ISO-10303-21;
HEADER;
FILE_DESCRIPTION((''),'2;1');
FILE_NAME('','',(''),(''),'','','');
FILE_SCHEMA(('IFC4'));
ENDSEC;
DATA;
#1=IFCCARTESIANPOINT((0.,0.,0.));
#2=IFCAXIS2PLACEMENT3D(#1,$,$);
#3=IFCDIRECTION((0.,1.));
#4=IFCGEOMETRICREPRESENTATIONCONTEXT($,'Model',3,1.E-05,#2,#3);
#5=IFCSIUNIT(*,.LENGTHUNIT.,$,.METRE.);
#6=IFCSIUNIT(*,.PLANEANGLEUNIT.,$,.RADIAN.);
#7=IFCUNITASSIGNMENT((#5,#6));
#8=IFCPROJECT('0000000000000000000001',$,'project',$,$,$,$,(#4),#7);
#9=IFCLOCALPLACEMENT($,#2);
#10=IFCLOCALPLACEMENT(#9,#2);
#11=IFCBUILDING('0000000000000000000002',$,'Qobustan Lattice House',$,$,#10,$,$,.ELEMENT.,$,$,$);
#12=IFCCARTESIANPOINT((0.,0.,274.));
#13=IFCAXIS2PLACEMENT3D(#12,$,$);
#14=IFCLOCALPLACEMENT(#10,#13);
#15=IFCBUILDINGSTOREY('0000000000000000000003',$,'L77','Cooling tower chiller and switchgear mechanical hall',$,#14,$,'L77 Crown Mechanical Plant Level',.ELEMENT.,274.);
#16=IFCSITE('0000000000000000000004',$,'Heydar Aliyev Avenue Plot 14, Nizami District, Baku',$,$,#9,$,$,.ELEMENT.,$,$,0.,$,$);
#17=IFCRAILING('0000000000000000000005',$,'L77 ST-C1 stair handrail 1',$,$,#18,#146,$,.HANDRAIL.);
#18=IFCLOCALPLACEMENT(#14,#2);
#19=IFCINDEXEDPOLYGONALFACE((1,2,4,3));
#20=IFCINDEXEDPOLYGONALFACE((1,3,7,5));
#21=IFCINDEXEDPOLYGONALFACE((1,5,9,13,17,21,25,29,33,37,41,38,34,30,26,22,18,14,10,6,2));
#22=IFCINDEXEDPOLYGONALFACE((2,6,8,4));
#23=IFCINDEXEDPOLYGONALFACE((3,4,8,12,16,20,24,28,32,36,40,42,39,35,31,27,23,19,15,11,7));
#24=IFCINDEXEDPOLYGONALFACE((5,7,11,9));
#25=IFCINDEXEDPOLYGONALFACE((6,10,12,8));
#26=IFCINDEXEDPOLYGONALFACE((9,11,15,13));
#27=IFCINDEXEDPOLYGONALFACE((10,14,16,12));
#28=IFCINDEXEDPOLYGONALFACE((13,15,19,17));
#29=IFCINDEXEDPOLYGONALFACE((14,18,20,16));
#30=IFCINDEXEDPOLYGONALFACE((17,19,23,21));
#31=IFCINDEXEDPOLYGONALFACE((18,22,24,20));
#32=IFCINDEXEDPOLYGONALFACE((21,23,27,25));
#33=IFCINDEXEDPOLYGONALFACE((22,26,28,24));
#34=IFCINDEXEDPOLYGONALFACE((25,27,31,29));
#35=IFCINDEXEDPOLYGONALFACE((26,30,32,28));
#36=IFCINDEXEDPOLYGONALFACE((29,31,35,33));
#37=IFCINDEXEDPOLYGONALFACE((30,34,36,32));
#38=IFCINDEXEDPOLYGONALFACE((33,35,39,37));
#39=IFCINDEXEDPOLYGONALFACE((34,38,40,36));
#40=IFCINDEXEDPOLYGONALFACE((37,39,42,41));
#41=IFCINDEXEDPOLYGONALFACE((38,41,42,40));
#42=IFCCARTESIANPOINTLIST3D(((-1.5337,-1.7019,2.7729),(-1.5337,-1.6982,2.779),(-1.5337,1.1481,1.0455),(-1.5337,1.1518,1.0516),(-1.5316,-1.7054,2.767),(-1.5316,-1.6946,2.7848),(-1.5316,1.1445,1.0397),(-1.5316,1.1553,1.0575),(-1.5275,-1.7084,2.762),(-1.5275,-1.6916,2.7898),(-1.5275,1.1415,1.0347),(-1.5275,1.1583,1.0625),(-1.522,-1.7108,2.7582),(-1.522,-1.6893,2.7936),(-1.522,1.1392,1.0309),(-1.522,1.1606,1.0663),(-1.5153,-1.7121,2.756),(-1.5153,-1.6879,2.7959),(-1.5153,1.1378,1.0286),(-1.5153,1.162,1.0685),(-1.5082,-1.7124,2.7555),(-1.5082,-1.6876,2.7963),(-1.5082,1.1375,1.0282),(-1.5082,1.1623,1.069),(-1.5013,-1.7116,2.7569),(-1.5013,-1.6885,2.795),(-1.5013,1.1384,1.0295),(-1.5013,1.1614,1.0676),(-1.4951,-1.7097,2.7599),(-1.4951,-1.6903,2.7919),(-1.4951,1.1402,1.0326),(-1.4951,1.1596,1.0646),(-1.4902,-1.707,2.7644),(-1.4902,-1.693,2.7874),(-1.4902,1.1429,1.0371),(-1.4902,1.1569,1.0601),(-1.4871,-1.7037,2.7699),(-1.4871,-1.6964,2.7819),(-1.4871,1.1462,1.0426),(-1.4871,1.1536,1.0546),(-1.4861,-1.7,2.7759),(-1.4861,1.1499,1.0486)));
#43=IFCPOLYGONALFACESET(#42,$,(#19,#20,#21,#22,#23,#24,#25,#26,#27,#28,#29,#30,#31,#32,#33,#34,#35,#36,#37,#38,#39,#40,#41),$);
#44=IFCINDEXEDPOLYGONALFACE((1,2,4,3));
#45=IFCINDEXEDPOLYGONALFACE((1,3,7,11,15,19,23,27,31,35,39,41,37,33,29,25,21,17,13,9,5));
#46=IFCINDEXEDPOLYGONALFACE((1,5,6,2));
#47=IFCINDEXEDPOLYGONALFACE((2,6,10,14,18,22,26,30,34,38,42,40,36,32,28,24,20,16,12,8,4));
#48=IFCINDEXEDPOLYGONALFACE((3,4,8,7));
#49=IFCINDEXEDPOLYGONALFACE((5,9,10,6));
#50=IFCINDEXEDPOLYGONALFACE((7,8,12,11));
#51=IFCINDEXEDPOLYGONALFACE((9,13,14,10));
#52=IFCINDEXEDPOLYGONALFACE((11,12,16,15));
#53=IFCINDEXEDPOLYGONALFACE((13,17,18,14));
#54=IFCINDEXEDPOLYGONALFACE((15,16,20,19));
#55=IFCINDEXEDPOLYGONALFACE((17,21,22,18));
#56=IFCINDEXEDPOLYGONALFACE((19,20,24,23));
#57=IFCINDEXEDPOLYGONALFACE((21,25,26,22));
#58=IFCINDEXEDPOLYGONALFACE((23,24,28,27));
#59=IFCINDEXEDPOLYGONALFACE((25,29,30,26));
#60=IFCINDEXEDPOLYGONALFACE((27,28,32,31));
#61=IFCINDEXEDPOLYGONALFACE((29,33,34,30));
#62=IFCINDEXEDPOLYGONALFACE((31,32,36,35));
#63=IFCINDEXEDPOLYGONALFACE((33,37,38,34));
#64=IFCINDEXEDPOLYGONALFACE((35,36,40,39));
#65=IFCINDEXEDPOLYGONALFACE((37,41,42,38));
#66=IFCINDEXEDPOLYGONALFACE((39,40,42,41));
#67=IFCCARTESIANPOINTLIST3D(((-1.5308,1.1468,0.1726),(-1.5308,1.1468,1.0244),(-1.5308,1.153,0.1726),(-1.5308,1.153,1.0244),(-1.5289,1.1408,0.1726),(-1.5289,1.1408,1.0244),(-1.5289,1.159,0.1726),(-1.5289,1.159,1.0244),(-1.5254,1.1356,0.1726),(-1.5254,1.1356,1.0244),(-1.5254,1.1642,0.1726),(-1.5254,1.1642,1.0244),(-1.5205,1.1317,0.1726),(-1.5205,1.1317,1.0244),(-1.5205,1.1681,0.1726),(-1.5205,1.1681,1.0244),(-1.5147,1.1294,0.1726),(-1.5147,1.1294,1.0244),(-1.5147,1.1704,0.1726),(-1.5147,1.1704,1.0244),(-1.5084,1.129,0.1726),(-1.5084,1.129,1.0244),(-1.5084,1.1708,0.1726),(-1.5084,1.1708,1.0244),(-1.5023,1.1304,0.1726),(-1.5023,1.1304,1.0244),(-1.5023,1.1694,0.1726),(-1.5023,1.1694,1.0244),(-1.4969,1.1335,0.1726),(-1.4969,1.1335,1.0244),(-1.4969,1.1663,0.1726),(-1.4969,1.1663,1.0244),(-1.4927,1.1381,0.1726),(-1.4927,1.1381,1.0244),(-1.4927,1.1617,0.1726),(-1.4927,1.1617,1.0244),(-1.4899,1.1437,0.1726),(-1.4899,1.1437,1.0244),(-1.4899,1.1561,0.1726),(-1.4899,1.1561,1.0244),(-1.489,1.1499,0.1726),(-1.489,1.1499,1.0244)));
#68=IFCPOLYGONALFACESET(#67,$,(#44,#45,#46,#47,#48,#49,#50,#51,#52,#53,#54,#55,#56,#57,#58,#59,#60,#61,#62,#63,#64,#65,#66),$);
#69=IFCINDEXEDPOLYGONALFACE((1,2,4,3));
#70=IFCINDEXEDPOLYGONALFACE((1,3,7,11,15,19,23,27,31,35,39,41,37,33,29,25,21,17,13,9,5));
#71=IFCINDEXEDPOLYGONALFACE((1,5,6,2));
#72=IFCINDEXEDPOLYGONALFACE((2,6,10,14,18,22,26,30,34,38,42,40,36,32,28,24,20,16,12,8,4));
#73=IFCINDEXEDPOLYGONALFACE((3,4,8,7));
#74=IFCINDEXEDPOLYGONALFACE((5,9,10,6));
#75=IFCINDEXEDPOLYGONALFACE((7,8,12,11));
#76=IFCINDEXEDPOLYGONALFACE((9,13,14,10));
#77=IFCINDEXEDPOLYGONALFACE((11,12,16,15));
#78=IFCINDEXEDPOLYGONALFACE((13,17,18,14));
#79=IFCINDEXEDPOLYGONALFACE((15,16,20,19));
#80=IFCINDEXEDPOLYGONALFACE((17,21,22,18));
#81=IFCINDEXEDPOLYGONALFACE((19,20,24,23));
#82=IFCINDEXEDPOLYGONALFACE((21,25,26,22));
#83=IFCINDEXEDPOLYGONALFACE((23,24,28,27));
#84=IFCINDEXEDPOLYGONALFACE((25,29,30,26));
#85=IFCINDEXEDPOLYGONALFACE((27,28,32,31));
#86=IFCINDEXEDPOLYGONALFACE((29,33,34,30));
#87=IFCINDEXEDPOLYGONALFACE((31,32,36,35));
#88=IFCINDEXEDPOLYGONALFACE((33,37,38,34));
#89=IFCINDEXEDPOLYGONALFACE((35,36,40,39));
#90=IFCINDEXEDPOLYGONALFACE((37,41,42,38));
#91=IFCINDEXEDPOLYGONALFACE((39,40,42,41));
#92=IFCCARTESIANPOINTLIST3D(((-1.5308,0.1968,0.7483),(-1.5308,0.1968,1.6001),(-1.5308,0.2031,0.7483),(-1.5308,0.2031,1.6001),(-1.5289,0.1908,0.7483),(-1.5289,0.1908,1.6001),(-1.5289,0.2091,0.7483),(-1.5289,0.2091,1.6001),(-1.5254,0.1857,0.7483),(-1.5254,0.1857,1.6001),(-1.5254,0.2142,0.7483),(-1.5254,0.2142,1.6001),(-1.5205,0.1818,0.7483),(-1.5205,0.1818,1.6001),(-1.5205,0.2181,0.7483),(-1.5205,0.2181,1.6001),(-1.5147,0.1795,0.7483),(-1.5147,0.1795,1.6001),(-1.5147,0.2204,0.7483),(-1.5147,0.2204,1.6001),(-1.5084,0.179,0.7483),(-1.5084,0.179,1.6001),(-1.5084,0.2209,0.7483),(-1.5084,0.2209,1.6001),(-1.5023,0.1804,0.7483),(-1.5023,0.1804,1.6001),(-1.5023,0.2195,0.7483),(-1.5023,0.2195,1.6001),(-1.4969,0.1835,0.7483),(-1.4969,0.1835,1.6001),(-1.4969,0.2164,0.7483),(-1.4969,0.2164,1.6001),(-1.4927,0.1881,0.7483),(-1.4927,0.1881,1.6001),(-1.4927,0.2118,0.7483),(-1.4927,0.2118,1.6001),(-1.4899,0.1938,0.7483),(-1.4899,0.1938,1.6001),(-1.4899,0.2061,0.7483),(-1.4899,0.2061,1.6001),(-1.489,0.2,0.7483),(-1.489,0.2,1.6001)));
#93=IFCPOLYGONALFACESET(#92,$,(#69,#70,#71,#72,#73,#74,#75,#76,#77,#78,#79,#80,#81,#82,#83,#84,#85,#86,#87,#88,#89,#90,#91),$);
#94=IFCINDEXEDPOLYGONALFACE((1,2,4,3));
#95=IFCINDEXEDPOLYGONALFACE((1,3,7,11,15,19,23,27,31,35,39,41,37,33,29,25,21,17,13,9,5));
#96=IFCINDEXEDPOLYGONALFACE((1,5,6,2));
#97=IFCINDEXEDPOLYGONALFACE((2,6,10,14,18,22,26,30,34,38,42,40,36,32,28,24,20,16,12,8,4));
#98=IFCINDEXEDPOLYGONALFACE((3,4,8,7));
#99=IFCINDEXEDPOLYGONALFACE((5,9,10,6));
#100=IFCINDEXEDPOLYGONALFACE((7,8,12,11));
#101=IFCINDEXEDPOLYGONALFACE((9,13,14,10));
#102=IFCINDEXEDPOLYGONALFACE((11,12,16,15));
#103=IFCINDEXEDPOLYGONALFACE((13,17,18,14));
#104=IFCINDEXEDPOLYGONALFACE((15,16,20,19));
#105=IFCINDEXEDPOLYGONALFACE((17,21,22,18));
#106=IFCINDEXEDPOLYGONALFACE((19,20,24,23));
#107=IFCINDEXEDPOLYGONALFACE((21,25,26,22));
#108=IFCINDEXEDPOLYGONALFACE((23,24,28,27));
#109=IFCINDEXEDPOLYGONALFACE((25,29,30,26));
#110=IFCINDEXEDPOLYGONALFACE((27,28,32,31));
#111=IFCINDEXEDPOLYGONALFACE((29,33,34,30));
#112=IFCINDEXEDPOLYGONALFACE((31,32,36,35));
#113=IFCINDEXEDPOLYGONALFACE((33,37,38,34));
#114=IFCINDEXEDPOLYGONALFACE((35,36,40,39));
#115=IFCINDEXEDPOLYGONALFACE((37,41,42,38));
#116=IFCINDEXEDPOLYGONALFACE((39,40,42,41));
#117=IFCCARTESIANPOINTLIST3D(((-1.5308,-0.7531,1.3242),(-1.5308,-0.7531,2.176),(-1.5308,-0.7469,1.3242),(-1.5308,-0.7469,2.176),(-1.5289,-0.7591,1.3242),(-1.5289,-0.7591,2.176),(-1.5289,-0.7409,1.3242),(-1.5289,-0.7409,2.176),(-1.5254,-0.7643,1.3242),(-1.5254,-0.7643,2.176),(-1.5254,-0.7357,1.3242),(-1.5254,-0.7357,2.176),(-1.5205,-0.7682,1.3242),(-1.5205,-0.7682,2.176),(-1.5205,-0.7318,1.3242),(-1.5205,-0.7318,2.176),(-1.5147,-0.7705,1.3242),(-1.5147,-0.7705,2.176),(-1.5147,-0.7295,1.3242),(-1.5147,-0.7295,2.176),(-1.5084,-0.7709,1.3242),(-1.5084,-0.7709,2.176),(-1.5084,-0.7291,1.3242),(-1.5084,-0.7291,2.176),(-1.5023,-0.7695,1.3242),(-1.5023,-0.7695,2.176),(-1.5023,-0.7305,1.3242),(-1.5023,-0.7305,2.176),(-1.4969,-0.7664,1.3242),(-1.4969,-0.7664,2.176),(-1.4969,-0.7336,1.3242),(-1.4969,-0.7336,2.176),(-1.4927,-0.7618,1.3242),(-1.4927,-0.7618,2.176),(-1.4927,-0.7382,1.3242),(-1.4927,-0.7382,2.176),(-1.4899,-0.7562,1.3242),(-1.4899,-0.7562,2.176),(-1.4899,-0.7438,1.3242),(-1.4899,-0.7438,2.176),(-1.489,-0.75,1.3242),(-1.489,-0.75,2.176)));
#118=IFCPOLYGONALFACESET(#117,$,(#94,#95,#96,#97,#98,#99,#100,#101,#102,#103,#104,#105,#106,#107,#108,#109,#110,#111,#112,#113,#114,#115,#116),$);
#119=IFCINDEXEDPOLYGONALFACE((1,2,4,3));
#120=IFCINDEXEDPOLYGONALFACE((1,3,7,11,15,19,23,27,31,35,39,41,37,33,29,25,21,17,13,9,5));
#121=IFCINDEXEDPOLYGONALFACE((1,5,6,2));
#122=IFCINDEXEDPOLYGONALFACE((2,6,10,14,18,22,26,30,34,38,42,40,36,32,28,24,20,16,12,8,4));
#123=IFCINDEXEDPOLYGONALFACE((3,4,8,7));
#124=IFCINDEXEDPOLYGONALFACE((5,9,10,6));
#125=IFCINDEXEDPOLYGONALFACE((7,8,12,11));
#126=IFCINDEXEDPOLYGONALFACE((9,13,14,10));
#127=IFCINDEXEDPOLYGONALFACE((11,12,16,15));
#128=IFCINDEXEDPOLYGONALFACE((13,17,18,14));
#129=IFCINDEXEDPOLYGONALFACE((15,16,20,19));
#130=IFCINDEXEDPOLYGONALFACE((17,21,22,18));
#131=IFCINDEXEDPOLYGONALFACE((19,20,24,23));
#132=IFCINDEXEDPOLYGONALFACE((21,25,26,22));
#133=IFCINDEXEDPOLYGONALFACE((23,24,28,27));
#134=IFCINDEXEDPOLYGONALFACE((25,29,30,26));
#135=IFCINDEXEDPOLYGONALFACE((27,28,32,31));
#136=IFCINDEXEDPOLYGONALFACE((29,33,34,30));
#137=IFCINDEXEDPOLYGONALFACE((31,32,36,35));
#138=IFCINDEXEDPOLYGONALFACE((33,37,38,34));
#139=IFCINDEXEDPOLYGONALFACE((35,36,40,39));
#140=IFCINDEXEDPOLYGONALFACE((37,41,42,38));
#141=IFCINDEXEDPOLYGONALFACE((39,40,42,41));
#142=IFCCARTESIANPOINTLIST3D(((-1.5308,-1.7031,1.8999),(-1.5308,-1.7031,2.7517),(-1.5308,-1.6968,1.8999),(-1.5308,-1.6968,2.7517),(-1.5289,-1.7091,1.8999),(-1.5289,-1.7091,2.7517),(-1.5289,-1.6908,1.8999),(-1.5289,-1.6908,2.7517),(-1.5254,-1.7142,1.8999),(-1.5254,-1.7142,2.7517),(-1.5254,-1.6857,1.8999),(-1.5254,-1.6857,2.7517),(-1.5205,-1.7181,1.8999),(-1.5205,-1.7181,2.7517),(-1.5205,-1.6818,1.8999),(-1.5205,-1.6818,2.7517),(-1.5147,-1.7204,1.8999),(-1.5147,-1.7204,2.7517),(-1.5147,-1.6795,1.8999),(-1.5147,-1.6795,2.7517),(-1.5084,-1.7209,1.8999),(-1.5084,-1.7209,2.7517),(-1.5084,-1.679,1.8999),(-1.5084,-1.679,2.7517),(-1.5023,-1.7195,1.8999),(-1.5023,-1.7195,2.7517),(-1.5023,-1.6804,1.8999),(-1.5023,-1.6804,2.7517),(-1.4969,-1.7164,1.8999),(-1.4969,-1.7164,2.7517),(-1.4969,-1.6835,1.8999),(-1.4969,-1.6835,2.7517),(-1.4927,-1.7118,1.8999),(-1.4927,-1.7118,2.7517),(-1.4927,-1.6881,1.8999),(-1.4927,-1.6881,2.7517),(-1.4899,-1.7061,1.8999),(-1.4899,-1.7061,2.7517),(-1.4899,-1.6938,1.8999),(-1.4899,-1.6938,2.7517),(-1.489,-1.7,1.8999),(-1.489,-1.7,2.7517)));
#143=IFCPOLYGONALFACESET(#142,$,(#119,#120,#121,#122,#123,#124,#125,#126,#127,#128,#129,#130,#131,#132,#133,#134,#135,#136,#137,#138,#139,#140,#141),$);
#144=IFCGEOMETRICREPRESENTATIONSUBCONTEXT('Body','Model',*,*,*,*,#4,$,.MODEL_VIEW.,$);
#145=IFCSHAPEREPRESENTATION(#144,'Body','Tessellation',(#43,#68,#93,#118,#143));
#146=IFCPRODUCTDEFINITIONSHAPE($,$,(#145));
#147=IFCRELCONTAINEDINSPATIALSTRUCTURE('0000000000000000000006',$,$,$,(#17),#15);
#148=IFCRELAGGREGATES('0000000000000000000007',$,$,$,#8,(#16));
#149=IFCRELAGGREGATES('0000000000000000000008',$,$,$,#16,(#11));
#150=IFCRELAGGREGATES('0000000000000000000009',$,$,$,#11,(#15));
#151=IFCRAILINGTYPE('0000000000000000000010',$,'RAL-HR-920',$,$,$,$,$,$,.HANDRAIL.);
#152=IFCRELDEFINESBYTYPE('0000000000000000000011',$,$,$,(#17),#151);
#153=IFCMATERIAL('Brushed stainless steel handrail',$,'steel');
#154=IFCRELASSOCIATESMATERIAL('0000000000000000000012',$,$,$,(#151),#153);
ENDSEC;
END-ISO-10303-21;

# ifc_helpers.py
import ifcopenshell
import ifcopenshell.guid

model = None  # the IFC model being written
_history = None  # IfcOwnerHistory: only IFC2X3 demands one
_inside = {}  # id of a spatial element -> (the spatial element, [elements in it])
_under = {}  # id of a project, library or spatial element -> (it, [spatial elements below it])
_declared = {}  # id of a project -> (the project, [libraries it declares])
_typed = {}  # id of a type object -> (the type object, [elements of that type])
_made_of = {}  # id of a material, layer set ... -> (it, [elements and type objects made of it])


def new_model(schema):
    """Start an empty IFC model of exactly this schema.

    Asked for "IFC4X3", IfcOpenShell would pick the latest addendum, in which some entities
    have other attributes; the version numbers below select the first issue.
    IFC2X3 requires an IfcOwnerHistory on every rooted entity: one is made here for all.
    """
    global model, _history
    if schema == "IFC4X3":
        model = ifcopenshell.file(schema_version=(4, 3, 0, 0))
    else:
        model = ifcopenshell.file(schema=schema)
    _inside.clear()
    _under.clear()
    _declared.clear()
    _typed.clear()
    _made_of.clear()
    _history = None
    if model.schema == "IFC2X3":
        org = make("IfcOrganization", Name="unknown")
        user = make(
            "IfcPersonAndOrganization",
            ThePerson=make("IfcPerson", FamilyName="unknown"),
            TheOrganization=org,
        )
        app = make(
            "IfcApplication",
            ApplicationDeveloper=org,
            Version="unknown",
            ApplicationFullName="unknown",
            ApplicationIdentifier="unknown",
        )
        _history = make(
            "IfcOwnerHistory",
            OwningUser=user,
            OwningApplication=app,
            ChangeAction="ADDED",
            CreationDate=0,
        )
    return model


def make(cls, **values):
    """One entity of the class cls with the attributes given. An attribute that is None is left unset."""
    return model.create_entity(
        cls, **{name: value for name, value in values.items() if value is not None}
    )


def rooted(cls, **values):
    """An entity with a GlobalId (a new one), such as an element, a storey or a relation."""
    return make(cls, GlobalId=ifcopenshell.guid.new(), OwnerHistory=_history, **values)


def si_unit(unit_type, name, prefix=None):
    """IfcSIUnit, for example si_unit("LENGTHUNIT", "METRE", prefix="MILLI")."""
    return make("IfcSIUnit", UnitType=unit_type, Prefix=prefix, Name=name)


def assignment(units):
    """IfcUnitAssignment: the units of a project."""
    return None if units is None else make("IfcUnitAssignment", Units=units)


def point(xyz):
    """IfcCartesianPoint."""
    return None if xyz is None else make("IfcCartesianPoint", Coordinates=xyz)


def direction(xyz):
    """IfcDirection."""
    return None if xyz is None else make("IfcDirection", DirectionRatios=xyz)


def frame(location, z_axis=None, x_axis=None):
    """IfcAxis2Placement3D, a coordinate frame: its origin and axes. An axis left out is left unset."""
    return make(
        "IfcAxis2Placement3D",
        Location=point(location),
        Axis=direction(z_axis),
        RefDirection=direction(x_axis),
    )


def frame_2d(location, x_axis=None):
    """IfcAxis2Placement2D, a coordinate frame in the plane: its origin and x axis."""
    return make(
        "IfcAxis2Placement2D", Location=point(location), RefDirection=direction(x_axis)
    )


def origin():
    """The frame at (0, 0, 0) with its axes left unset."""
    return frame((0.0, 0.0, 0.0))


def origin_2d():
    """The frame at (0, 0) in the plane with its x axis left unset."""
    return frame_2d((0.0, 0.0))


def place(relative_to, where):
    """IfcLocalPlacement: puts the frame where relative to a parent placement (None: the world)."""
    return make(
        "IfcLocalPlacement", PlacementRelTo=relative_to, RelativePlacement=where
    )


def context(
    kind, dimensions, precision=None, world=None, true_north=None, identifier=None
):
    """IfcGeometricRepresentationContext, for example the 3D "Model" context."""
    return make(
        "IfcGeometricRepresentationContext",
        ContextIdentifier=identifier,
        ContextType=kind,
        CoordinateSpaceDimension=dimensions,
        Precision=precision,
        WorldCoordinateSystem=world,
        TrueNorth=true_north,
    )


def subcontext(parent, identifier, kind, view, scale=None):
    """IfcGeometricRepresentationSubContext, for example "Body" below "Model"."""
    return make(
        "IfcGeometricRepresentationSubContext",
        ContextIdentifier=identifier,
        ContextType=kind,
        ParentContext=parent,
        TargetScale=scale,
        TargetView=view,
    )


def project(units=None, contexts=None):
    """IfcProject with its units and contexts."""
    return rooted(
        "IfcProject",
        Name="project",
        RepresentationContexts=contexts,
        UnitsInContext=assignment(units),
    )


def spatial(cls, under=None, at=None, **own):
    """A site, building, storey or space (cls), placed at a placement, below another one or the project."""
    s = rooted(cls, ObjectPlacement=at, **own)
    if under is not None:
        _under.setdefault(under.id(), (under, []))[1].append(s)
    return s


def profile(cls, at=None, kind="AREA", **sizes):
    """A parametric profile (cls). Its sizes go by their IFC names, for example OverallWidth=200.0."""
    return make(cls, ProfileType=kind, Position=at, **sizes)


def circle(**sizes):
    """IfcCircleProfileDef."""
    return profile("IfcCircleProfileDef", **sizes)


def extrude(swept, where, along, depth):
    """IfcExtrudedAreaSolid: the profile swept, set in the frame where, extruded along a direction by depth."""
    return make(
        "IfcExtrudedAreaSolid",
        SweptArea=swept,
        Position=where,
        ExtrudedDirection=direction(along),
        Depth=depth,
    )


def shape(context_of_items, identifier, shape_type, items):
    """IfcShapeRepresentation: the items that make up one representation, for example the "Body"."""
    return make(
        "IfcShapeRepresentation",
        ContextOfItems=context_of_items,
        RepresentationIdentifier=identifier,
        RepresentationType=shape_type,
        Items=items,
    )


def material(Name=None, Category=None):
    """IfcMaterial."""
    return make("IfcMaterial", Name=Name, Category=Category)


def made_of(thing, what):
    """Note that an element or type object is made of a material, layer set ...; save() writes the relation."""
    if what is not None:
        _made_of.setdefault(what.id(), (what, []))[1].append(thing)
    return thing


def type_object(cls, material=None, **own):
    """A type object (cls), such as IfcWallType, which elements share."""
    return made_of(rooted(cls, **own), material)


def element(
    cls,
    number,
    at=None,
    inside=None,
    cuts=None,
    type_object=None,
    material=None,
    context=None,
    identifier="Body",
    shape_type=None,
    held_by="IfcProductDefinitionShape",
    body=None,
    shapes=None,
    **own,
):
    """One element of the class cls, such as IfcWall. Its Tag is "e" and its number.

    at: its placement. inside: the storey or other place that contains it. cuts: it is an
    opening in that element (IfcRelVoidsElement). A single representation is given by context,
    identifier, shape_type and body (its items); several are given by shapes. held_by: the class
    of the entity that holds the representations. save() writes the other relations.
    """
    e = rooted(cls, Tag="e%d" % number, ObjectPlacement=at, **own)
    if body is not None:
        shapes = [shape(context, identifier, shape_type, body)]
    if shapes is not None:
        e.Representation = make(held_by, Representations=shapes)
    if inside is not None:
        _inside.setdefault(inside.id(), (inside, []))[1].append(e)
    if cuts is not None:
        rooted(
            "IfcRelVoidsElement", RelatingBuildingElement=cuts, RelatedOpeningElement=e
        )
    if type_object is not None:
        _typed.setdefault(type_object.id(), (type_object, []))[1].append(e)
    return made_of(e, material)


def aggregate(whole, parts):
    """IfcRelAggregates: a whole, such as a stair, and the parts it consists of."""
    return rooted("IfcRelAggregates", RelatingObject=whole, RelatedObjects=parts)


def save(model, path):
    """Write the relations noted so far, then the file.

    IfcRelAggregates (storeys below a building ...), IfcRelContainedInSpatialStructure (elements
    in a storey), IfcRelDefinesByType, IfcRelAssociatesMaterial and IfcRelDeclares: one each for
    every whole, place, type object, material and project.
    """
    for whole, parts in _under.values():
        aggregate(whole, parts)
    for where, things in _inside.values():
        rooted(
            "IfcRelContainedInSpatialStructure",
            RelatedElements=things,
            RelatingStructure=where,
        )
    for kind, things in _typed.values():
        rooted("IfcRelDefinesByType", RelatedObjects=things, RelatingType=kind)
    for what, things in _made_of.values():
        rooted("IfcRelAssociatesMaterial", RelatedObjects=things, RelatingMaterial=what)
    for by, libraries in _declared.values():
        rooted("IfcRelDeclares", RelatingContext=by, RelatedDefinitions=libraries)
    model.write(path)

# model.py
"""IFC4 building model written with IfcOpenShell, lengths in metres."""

from ifc_helpers import new_model, si_unit, direction, frame, origin, origin_2d, place, context, subcontext, project, spatial, circle, extrude, material, type_object, element, save


model = new_model("IFC4")

# Units and contexts
model_context = context("Model", 3, precision=1e-05, world=origin(), true_north=direction((0.0, 1.0)))
body_context = subcontext(model_context, "Body", "Model", "MODEL_VIEW")
ifc_project = project(units=[si_unit("LENGTHUNIT", "METRE"), si_unit("PLANEANGLEUNIT", "RADIAN")], contexts=[model_context])

# Site, building, storey
site_placement = place(None, origin())
site = spatial("IfcSite", under=ifc_project, at=site_placement, Name="Heydar Aliyev Avenue Plot 14, Nizami District, Baku", CompositionType="ELEMENT", RefElevation=0.0)
building_placement = place(site_placement, origin())
building = spatial("IfcBuilding", under=site, at=building_placement, Name="Qobustan Lattice House", CompositionType="ELEMENT")
storey_placement = place(building_placement, frame((0.0, 0.0, 274.0)))
storey = spatial("IfcBuildingStorey", under=building, at=storey_placement, Name="L77", Description="Cooling tower chiller and switchgear mechanical hall", LongName="L77 Crown Mechanical Plant Level", CompositionType="ELEMENT", Elevation=274.0)

# Railing
ifc_material_1 = material(Name="Brushed stainless steel handrail", Category="steel")
railing_type_1 = type_object("IfcRailingType", Name="RAL-HR-920", PredefinedType="HANDRAIL", material=ifc_material_1)
railing_1_placement = place(storey_placement, frame((-1.51, 1.1499, 0.1726)))
element("IfcRailing", 1, at=railing_1_placement, inside=storey, type_object=railing_type_1, Name="L77 ST-C1 stair handrail 1", PredefinedType="HANDRAIL", context=body_context, shape_type="SweptSolid", body=[
    extrude(circle(Radius=0.0239, at=origin_2d()), frame((0.0, 0.0, 0.876), z_axis=(0.0, -0.855183, 0.518326), x_axis=(1.0, 0.0, 0.0)), (0.0, 0.0, 1.0), 3.3325),
    extrude(circle(Radius=0.021, at=origin_2d()), origin(), (0.0, 0.0, 1.0), 0.8518),
    extrude(circle(Radius=0.021, at=origin_2d()), frame((0.0, -0.95, 0.5757)), (0.0, 0.0, 1.0), 0.8518),
    extrude(circle(Radius=0.021, at=origin_2d()), frame((0.0, -1.8999, 1.1516)), (0.0, 0.0, 1.0), 0.8518),
    extrude(circle(Radius=0.021, at=origin_2d()), frame((0.0, -2.8499, 1.7273)), (0.0, 0.0, 1.0), 0.8518),
])

save(model, "model.ifc")
